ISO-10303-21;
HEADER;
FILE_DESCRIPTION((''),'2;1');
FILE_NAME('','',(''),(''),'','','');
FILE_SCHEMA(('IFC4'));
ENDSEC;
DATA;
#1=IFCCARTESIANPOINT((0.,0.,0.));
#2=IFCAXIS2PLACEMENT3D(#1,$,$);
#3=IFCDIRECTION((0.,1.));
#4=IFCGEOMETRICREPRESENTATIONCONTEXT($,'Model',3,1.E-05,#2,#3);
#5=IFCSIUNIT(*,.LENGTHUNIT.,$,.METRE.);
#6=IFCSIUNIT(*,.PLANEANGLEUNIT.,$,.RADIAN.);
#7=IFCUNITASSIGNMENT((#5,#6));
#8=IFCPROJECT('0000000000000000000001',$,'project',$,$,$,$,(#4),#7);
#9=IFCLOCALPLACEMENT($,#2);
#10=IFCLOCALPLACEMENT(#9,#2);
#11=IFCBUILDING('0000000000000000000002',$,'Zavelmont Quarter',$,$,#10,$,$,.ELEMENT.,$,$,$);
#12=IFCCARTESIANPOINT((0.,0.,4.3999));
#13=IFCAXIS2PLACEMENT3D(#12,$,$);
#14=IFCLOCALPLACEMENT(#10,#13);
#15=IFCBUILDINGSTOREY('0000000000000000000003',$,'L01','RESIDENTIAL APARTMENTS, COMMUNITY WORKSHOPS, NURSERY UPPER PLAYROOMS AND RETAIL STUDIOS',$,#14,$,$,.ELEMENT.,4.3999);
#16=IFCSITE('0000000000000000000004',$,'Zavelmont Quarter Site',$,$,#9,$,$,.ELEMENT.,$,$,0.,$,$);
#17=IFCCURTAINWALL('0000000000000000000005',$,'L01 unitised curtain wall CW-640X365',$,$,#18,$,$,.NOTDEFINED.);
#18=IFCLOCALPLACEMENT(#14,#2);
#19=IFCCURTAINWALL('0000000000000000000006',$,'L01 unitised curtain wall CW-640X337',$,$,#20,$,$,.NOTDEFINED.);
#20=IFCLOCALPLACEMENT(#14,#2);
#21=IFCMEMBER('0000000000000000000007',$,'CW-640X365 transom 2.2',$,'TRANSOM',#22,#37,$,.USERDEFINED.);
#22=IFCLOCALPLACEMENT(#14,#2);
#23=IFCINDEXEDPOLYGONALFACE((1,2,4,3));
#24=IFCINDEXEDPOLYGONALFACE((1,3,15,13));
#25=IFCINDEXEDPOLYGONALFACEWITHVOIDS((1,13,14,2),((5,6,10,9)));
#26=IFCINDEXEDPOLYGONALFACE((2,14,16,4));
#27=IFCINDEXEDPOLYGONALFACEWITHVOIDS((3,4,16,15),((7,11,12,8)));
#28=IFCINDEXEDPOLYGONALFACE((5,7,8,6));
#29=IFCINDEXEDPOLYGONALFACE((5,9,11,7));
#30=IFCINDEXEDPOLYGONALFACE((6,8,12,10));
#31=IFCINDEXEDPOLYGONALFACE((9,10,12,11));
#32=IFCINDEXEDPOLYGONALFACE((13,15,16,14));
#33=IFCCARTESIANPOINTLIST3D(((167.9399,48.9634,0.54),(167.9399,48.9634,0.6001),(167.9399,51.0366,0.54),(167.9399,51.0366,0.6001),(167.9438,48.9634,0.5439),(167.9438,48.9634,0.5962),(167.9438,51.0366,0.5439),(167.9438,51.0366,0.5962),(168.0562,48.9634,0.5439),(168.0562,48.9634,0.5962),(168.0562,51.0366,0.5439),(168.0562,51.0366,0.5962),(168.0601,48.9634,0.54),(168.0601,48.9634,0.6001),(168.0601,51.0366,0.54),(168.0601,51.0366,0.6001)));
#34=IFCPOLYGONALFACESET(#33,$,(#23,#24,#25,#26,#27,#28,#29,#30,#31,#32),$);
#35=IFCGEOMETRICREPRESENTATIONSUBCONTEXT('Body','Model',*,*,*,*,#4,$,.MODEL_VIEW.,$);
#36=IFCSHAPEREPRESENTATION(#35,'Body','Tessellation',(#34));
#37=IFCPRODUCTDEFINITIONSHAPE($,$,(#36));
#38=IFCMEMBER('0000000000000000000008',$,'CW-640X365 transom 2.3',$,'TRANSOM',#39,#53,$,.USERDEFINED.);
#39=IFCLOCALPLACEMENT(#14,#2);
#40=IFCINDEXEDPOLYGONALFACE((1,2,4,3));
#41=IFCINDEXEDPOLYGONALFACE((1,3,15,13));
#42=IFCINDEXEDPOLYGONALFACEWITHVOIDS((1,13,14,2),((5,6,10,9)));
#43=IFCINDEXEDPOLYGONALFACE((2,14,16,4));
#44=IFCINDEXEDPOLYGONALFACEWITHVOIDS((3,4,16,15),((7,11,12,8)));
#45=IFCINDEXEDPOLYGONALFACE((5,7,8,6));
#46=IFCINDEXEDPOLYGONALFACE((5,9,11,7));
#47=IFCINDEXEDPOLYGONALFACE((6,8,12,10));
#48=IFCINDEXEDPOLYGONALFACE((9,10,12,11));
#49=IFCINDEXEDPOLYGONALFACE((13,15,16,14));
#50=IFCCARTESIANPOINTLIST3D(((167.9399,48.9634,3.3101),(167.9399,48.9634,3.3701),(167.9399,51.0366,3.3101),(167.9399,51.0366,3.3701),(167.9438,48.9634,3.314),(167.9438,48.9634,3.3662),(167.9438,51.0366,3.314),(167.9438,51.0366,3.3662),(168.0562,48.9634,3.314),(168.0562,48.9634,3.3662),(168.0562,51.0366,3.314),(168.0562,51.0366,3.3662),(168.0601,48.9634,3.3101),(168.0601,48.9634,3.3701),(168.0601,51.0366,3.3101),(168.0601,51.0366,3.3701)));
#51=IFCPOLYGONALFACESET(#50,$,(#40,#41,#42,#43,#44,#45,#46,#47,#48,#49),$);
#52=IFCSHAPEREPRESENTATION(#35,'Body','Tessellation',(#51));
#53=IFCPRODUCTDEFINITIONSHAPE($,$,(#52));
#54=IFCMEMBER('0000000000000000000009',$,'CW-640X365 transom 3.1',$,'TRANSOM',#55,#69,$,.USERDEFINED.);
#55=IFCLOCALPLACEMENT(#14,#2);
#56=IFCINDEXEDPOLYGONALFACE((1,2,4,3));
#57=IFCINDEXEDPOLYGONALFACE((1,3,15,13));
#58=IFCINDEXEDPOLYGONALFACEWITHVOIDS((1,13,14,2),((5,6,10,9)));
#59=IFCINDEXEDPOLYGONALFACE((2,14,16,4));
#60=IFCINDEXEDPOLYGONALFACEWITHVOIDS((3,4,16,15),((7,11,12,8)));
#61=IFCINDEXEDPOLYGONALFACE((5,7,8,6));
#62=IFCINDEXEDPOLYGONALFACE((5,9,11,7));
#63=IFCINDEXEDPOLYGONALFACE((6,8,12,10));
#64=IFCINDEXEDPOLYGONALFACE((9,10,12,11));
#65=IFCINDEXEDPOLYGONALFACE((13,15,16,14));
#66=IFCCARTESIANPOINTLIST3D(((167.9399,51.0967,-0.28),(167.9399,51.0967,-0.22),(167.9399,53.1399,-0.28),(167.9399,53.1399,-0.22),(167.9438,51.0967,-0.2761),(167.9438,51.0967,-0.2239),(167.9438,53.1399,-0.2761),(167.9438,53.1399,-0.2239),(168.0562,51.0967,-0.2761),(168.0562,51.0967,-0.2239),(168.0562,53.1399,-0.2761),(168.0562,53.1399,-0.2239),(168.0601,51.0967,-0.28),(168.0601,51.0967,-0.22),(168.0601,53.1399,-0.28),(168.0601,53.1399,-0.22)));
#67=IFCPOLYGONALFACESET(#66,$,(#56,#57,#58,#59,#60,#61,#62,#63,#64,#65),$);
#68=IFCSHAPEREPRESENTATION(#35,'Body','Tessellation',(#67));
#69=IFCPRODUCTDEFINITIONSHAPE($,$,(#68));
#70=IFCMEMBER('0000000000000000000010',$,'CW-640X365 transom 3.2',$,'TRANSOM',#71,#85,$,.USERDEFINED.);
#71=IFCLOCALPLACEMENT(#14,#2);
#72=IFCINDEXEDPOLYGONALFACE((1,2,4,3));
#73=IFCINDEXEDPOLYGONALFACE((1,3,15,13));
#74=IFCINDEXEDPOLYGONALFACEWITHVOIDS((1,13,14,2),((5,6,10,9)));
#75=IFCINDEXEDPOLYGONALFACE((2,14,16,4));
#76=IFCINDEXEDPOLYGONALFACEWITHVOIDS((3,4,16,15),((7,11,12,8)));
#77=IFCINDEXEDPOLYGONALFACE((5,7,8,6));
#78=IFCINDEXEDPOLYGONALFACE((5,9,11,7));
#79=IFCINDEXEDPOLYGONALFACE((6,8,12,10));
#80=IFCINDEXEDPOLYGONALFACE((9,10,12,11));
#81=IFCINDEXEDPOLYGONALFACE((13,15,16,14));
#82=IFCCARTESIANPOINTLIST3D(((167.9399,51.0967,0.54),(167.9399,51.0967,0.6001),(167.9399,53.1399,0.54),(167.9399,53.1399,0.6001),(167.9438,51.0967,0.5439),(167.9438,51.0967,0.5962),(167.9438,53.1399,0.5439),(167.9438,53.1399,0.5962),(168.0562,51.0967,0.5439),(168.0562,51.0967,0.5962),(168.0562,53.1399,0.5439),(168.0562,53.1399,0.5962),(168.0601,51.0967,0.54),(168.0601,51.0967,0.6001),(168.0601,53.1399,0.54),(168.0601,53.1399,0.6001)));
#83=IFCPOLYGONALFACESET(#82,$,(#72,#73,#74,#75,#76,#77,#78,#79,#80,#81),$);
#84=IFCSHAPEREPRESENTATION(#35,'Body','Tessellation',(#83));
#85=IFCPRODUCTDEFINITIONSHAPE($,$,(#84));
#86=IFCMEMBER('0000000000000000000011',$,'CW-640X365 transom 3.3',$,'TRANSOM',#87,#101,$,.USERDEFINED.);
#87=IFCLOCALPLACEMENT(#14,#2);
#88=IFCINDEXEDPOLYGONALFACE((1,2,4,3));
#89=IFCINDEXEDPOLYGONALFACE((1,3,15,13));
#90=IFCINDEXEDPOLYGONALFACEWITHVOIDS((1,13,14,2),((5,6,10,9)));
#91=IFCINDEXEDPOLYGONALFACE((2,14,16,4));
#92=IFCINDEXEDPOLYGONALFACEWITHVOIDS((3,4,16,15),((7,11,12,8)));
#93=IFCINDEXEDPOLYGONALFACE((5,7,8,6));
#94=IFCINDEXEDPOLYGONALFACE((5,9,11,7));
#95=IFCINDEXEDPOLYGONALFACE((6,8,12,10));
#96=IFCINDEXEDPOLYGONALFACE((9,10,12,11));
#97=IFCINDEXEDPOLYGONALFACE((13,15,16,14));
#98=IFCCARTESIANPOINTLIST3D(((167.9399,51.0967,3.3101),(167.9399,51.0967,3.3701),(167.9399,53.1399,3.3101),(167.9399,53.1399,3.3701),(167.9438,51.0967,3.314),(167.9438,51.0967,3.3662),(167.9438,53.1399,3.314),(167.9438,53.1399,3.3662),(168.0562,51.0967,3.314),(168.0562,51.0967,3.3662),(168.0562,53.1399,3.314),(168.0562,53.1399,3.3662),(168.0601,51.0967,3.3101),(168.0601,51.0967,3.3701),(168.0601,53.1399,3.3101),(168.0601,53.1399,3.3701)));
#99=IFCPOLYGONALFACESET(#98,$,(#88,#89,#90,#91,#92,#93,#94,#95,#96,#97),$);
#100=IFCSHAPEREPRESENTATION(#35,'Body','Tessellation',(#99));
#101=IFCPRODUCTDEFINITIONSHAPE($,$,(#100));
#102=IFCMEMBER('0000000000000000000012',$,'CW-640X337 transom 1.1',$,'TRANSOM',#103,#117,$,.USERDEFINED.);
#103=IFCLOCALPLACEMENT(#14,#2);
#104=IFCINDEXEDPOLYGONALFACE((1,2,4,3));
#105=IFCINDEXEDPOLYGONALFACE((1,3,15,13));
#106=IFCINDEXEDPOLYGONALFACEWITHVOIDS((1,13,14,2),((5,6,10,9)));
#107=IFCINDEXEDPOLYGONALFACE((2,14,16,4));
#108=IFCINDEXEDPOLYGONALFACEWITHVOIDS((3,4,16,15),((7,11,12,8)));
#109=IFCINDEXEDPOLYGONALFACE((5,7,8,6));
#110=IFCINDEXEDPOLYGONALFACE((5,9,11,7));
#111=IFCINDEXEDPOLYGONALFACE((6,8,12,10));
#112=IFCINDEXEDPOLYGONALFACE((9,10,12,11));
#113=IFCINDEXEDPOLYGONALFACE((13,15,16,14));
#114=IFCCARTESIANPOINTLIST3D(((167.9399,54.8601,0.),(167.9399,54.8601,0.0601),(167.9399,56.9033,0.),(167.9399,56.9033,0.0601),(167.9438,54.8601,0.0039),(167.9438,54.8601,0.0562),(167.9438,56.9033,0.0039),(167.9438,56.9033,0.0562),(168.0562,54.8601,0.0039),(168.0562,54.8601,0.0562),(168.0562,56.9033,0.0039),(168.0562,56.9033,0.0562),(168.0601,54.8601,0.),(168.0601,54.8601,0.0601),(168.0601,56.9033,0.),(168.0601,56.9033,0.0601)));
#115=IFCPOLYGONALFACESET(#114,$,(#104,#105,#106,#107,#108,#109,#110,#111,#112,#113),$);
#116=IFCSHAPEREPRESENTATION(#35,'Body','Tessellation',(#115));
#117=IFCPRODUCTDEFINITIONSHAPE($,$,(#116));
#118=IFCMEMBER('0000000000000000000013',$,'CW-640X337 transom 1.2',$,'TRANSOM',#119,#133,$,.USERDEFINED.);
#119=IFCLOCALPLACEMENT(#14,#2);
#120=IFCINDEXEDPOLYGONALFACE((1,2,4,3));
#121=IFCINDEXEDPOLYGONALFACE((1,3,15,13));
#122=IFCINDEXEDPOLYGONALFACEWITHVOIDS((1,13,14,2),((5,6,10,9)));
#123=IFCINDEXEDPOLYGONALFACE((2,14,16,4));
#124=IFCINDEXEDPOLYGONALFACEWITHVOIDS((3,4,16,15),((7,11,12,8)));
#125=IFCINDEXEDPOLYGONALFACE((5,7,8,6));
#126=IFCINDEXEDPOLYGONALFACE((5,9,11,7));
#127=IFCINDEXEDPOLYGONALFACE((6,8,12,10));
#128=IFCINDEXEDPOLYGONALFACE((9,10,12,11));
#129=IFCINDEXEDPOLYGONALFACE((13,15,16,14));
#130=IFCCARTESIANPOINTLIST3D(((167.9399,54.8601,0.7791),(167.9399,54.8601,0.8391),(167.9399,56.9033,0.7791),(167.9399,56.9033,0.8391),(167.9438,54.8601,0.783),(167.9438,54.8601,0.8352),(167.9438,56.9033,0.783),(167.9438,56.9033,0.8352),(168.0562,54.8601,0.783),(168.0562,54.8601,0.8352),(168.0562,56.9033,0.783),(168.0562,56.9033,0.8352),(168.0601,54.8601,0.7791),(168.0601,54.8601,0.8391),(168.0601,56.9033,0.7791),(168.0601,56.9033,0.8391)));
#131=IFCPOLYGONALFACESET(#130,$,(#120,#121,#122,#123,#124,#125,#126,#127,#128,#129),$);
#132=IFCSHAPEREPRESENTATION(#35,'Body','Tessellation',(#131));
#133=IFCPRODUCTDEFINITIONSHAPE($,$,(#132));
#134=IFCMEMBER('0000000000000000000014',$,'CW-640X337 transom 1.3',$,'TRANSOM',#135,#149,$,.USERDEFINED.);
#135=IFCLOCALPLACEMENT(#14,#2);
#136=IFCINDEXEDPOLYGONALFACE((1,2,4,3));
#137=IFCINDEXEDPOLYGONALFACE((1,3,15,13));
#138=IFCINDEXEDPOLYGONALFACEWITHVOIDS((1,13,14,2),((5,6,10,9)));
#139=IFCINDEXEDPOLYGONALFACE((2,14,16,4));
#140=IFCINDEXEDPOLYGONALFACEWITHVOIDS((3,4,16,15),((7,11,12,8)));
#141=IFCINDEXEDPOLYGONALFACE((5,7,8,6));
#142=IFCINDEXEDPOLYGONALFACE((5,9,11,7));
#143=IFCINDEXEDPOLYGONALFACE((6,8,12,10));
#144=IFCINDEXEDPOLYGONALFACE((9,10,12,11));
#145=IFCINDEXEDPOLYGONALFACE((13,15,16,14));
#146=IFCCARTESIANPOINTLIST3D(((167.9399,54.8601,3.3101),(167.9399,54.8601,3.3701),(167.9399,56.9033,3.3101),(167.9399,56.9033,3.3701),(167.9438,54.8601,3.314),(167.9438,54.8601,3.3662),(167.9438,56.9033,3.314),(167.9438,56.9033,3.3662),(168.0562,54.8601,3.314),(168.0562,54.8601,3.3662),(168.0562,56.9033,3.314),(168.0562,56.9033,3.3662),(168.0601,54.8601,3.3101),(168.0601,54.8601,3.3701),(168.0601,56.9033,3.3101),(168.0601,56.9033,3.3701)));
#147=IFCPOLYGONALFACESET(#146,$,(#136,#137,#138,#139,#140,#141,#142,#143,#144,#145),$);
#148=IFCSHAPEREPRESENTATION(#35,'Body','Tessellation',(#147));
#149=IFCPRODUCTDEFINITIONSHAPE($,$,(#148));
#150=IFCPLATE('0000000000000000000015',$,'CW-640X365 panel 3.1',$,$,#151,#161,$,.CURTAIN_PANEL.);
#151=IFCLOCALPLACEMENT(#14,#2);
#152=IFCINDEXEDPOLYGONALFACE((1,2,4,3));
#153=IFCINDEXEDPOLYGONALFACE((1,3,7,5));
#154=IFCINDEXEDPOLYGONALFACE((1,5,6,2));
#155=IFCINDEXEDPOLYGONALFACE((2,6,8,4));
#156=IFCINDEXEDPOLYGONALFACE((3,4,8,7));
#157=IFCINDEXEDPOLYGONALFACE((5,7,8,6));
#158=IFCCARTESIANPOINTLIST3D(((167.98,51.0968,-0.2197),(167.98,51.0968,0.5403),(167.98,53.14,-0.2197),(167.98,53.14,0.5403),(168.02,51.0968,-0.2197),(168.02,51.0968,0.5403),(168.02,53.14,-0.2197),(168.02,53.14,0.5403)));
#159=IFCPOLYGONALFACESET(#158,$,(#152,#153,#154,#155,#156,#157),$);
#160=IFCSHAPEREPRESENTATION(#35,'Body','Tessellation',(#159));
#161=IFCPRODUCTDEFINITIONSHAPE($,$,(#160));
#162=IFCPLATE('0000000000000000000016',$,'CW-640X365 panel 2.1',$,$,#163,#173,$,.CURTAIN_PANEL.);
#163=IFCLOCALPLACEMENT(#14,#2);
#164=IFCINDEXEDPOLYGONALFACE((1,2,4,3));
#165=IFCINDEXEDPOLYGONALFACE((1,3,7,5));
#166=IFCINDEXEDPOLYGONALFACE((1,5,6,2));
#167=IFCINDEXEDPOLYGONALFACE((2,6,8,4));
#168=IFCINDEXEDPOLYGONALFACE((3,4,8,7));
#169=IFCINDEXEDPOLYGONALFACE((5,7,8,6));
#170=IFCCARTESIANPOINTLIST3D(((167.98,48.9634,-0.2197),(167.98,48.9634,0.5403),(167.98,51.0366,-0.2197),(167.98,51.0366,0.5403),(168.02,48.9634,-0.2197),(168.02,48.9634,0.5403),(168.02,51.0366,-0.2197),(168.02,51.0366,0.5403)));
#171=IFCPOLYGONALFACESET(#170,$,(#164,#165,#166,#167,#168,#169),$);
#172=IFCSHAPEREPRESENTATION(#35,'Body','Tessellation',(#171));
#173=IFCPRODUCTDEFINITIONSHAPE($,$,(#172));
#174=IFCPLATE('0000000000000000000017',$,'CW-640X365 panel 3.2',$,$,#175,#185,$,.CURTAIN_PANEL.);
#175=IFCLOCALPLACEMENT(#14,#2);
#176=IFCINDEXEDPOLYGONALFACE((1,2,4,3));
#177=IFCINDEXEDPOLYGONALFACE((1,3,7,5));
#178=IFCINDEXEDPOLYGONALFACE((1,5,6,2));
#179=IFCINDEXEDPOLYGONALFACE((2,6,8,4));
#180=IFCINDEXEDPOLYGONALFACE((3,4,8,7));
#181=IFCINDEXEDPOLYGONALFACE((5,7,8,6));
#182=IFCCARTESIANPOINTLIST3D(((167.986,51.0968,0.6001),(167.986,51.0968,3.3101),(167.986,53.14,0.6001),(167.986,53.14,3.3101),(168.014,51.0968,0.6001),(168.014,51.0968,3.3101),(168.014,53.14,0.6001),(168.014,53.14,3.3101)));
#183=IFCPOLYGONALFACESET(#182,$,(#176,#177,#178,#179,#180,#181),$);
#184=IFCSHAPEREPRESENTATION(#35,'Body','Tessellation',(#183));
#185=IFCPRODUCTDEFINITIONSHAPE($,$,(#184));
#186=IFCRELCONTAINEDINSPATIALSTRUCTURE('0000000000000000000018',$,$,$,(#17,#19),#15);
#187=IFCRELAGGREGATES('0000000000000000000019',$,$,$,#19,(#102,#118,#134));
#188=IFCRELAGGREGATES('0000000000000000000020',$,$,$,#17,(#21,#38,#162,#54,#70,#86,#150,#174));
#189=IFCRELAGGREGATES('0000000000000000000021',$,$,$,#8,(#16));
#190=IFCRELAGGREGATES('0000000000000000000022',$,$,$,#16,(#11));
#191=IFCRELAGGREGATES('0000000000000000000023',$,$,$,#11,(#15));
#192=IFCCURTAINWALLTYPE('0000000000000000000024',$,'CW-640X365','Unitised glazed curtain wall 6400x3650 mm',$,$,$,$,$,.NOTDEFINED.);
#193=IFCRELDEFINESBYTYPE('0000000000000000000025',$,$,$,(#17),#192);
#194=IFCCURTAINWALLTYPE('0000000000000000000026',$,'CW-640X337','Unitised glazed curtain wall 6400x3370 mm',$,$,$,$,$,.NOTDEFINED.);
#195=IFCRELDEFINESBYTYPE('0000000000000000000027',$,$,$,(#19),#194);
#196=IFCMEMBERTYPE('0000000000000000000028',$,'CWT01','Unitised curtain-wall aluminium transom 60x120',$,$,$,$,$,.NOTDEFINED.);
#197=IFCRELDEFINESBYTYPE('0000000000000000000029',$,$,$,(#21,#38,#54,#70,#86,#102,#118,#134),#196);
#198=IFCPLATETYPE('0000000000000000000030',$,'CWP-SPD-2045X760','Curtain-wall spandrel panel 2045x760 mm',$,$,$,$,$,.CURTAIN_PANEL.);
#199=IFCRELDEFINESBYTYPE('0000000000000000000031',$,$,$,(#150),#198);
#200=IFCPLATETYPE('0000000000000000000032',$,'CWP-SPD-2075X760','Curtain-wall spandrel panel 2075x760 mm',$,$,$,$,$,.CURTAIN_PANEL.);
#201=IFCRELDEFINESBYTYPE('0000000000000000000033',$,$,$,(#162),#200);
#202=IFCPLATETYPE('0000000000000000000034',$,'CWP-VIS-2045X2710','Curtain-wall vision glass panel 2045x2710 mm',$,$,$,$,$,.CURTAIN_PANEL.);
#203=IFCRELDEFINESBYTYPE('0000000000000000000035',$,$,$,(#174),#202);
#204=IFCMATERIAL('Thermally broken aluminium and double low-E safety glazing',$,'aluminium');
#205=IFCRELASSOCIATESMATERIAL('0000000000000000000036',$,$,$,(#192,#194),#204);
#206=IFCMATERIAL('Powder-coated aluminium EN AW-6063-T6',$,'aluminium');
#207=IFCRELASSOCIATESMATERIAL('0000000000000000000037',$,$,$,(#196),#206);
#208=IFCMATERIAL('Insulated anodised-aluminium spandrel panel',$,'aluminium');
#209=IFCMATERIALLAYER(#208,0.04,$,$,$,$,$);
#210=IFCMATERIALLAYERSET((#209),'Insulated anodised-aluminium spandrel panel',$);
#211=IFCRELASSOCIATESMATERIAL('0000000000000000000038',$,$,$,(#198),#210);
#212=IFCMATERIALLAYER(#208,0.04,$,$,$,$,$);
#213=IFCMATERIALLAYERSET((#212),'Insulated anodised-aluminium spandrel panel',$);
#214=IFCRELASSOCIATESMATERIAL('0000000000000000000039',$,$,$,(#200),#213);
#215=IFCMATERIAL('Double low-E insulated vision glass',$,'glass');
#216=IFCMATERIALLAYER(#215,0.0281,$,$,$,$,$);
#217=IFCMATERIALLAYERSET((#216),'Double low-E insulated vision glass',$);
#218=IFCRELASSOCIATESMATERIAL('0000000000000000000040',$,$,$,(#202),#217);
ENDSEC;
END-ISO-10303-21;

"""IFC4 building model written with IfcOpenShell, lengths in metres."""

from ifc_helpers import new_model, si_unit, direction, frame, origin, origin_2d, place, context, subcontext, project, spatial, rectangle, hollow_rectangle, extrude, material, layer, layer_set, material_profile, profile_set, type_object, element, aggregate, save


model = new_model("IFC4")

# Units and contexts
model_context = context("Model", 3, precision=1e-05, world=origin(), true_north=direction((0.0, 1.0)))
body_context = subcontext(model_context, "Body", "Model", "MODEL_VIEW")
ifc_project = project(units=[si_unit("LENGTHUNIT", "METRE"), si_unit("PLANEANGLEUNIT", "RADIAN")], contexts=[model_context])

# Site, building, storey
site_placement = place(None, origin())
site = spatial("IfcSite", under=ifc_project, at=site_placement, Name="Zavelmont Quarter Site", CompositionType="ELEMENT", RefElevation=0.0)
building_placement = place(site_placement, origin())
building = spatial("IfcBuilding", under=site, at=building_placement, Name="Zavelmont Quarter", CompositionType="ELEMENT")
storey_placement = place(building_placement, frame((0.0, 0.0, 4.3999)))
storey = spatial("IfcBuildingStorey", under=building, at=storey_placement, Name="L01", Description="RESIDENTIAL APARTMENTS, COMMUNITY WORKSHOPS, NURSERY UPPER PLAYROOMS AND RETAIL STUDIOS", CompositionType="ELEMENT", Elevation=4.3999)

# Curtain wall
ifc_material_1 = material(Name="Thermally broken aluminium and double low-E safety glazing", Category="aluminium")
curtain_wall_type_1 = type_object("IfcCurtainWallType", Name="CW-640X365", Description="Unitised glazed curtain wall 6400x3650 mm", PredefinedType="NOTDEFINED", material=ifc_material_1)
curtain_wall_1_placement = place(storey_placement, origin())
curtain_wall_1 = element("IfcCurtainWall", 1, at=curtain_wall_1_placement, inside=storey, type_object=curtain_wall_type_1, Name="L01 unitised curtain wall CW-640X365", PredefinedType="NOTDEFINED")
ifc_material_2 = material(Name="Powder-coated aluminium EN AW-6063-T6", Category="aluminium")

# Curtain wall
curtain_wall_type_2 = type_object("IfcCurtainWallType", Name="CW-640X337", Description="Unitised glazed curtain wall 6400x3370 mm", PredefinedType="NOTDEFINED", material=ifc_material_1)
curtain_wall_2_placement = place(storey_placement, origin())
curtain_wall_2 = element("IfcCurtainWall", 2, at=curtain_wall_2_placement, inside=storey, type_object=curtain_wall_type_2, Name="L01 unitised curtain wall CW-640X337", PredefinedType="NOTDEFINED")

# Members
ifc_material_profile_1 = material_profile(ifc_material_2, hollow_rectangle(XDim=0.1201, YDim=0.0601, WallThickness=0.0039, at=origin_2d()), Name="CWT60X120")
ifc_profile_set_1 = profile_set([ifc_material_profile_1], Name="Powder-coated aluminium EN AW-6063-T6")
member_type_1 = type_object("IfcMemberType", Name="CWT01", Description="Unitised curtain-wall aluminium transom 60x120", PredefinedType="NOTDEFINED", material=ifc_profile_set_1)
member_1_placement = place(storey_placement, frame((168.0, 48.9634, 0.5701), z_axis=(0.0, 1.0, 0.0), x_axis=(-1.0, 0.0, 0.0)))
member_1 = element("IfcMember", 3, at=member_1_placement, type_object=member_type_1, Name="CW-640X365 transom 2.2", ObjectType="TRANSOM", PredefinedType="USERDEFINED", context=body_context, shape_type="SweptSolid", body=[
    extrude(hollow_rectangle(XDim=0.1201, YDim=0.0601, WallThickness=0.0039, at=origin_2d()), origin(), (0.0, 0.0, 1.0), 2.0732),
])
member_2_placement = place(storey_placement, frame((168.0, 48.9634, 3.3401), z_axis=(0.0, 1.0, 0.0), x_axis=(-1.0, 0.0, 0.0)))
member_2 = element("IfcMember", 4, at=member_2_placement, type_object=member_type_1, Name="CW-640X365 transom 2.3", ObjectType="TRANSOM", PredefinedType="USERDEFINED", context=body_context, shape_type="SweptSolid", body=[
    extrude(hollow_rectangle(XDim=0.1201, YDim=0.0601, WallThickness=0.0039, at=origin_2d()), origin(), (0.0, 0.0, 1.0), 2.0732),
])
member_3_placement = place(storey_placement, frame((168.0, 51.0967, -0.25), z_axis=(0.0, 1.0, 0.0), x_axis=(-1.0, 0.0, 0.0)))
member_3 = element("IfcMember", 5, at=member_3_placement, type_object=member_type_1, Name="CW-640X365 transom 3.1", ObjectType="TRANSOM", PredefinedType="USERDEFINED", context=body_context, shape_type="SweptSolid", body=[
    extrude(hollow_rectangle(XDim=0.1201, YDim=0.0601, WallThickness=0.0039, at=origin_2d()), origin(), (0.0, 0.0, 1.0), 2.0432),
])
member_4_placement = place(storey_placement, frame((168.0, 51.0967, 0.5701), z_axis=(0.0, 1.0, 0.0), x_axis=(-1.0, 0.0, 0.0)))
member_4 = element("IfcMember", 6, at=member_4_placement, type_object=member_type_1, Name="CW-640X365 transom 3.2", ObjectType="TRANSOM", PredefinedType="USERDEFINED", context=body_context, shape_type="SweptSolid", body=[
    extrude(hollow_rectangle(XDim=0.1201, YDim=0.0601, WallThickness=0.0039, at=origin_2d()), origin(), (0.0, 0.0, 1.0), 2.0432),
])
member_5_placement = place(storey_placement, frame((168.0, 51.0967, 3.3401), z_axis=(0.0, 1.0, 0.0), x_axis=(-1.0, 0.0, 0.0)))
member_5 = element("IfcMember", 7, at=member_5_placement, type_object=member_type_1, Name="CW-640X365 transom 3.3", ObjectType="TRANSOM", PredefinedType="USERDEFINED", context=body_context, shape_type="SweptSolid", body=[
    extrude(hollow_rectangle(XDim=0.1201, YDim=0.0601, WallThickness=0.0039, at=origin_2d()), origin(), (0.0, 0.0, 1.0), 2.0432),
])
member_6_placement = place(storey_placement, frame((168.0, 54.8601, 0.03), z_axis=(0.0, 1.0, 0.0), x_axis=(-1.0, 0.0, 0.0)))
member_6 = element("IfcMember", 8, at=member_6_placement, type_object=member_type_1, Name="CW-640X337 transom 1.1", ObjectType="TRANSOM", PredefinedType="USERDEFINED", context=body_context, shape_type="SweptSolid", body=[
    extrude(hollow_rectangle(XDim=0.1201, YDim=0.0601, WallThickness=0.0039, at=origin_2d()), origin(), (0.0, 0.0, 1.0), 2.0432),
])
member_7_placement = place(storey_placement, frame((168.0, 54.8601, 0.8091), z_axis=(0.0, 1.0, 0.0), x_axis=(-1.0, 0.0, 0.0)))
member_7 = element("IfcMember", 9, at=member_7_placement, type_object=member_type_1, Name="CW-640X337 transom 1.2", ObjectType="TRANSOM", PredefinedType="USERDEFINED", context=body_context, shape_type="SweptSolid", body=[
    extrude(hollow_rectangle(XDim=0.1201, YDim=0.0601, WallThickness=0.0039, at=origin_2d()), origin(), (0.0, 0.0, 1.0), 2.0432),
])
member_8_placement = place(storey_placement, frame((168.0, 54.8601, 3.3401), z_axis=(0.0, 1.0, 0.0), x_axis=(-1.0, 0.0, 0.0)))
member_8 = element("IfcMember", 10, at=member_8_placement, type_object=member_type_1, Name="CW-640X337 transom 1.3", ObjectType="TRANSOM", PredefinedType="USERDEFINED", context=body_context, shape_type="SweptSolid", body=[
    extrude(hollow_rectangle(XDim=0.1201, YDim=0.0601, WallThickness=0.0039, at=origin_2d()), origin(), (0.0, 0.0, 1.0), 2.0432),
])
aggregate(curtain_wall_2, [member_6, member_7, member_8])

# Plates
ifc_material_3 = material(Name="Insulated anodised-aluminium spandrel panel", Category="aluminium")
ifc_layer_1 = layer(ifc_material_3, 0.04)
ifc_layer_set_1 = layer_set([ifc_layer_1], Name="Insulated anodised-aluminium spandrel panel")
plate_type_1 = type_object("IfcPlateType", Name="CWP-SPD-2045X760", Description="Curtain-wall spandrel panel 2045x760 mm", PredefinedType="CURTAIN_PANEL", material=ifc_layer_set_1)
plate_1_placement = place(storey_placement, frame((168.0, 52.1184, -0.2197), z_axis=(0.0, 0.0, 1.0), x_axis=(0.0, 1.0, 0.0)))
plate_1 = element("IfcPlate", 11, at=plate_1_placement, type_object=plate_type_1, Name="CW-640X365 panel 3.1", PredefinedType="CURTAIN_PANEL", context=body_context, shape_type="SweptSolid", body=[
    extrude(rectangle(XDim=2.0432, YDim=0.04, at=origin_2d()), origin(), (0.0, 0.0, 1.0), 0.76),
])
ifc_layer_2 = layer(ifc_material_3, 0.04)
ifc_layer_set_2 = layer_set([ifc_layer_2], Name="Insulated anodised-aluminium spandrel panel")
plate_type_2 = type_object("IfcPlateType", Name="CWP-SPD-2075X760", Description="Curtain-wall spandrel panel 2075x760 mm", PredefinedType="CURTAIN_PANEL", material=ifc_layer_set_2)
plate_2_placement = place(storey_placement, frame((168.0, 50.0, -0.2197), z_axis=(0.0, 0.0, 1.0), x_axis=(0.0, 1.0, 0.0)))
plate_2 = element("IfcPlate", 12, at=plate_2_placement, type_object=plate_type_2, Name="CW-640X365 panel 2.1", PredefinedType="CURTAIN_PANEL", context=body_context, shape_type="SweptSolid", body=[
    extrude(rectangle(XDim=2.0732, YDim=0.04, at=origin_2d()), origin(), (0.0, 0.0, 1.0), 0.76),
])
ifc_material_4 = material(Name="Double low-E insulated vision glass", Category="glass")
ifc_layer_3 = layer(ifc_material_4, 0.0281)
ifc_layer_set_3 = layer_set([ifc_layer_3], Name="Double low-E insulated vision glass")
plate_type_3 = type_object("IfcPlateType", Name="CWP-VIS-2045X2710", Description="Curtain-wall vision glass panel 2045x2710 mm", PredefinedType="CURTAIN_PANEL", material=ifc_layer_set_3)
plate_3_placement = place(storey_placement, frame((168.0, 52.1184, 0.6001), z_axis=(0.0, 0.0, 1.0), x_axis=(0.0, 1.0, 0.0)))
plate_3 = element("IfcPlate", 13, at=plate_3_placement, type_object=plate_type_3, Name="CW-640X365 panel 3.2", PredefinedType="CURTAIN_PANEL", context=body_context, shape_type="SweptSolid", body=[
    extrude(rectangle(XDim=2.0432, YDim=0.0281, at=origin_2d()), origin(), (0.0, 0.0, 1.0), 2.71),
])
aggregate(curtain_wall_1, [member_1, member_2, plate_2, member_3, member_4, member_5, plate_1, plate_3])

save(model, "model.ifc")
